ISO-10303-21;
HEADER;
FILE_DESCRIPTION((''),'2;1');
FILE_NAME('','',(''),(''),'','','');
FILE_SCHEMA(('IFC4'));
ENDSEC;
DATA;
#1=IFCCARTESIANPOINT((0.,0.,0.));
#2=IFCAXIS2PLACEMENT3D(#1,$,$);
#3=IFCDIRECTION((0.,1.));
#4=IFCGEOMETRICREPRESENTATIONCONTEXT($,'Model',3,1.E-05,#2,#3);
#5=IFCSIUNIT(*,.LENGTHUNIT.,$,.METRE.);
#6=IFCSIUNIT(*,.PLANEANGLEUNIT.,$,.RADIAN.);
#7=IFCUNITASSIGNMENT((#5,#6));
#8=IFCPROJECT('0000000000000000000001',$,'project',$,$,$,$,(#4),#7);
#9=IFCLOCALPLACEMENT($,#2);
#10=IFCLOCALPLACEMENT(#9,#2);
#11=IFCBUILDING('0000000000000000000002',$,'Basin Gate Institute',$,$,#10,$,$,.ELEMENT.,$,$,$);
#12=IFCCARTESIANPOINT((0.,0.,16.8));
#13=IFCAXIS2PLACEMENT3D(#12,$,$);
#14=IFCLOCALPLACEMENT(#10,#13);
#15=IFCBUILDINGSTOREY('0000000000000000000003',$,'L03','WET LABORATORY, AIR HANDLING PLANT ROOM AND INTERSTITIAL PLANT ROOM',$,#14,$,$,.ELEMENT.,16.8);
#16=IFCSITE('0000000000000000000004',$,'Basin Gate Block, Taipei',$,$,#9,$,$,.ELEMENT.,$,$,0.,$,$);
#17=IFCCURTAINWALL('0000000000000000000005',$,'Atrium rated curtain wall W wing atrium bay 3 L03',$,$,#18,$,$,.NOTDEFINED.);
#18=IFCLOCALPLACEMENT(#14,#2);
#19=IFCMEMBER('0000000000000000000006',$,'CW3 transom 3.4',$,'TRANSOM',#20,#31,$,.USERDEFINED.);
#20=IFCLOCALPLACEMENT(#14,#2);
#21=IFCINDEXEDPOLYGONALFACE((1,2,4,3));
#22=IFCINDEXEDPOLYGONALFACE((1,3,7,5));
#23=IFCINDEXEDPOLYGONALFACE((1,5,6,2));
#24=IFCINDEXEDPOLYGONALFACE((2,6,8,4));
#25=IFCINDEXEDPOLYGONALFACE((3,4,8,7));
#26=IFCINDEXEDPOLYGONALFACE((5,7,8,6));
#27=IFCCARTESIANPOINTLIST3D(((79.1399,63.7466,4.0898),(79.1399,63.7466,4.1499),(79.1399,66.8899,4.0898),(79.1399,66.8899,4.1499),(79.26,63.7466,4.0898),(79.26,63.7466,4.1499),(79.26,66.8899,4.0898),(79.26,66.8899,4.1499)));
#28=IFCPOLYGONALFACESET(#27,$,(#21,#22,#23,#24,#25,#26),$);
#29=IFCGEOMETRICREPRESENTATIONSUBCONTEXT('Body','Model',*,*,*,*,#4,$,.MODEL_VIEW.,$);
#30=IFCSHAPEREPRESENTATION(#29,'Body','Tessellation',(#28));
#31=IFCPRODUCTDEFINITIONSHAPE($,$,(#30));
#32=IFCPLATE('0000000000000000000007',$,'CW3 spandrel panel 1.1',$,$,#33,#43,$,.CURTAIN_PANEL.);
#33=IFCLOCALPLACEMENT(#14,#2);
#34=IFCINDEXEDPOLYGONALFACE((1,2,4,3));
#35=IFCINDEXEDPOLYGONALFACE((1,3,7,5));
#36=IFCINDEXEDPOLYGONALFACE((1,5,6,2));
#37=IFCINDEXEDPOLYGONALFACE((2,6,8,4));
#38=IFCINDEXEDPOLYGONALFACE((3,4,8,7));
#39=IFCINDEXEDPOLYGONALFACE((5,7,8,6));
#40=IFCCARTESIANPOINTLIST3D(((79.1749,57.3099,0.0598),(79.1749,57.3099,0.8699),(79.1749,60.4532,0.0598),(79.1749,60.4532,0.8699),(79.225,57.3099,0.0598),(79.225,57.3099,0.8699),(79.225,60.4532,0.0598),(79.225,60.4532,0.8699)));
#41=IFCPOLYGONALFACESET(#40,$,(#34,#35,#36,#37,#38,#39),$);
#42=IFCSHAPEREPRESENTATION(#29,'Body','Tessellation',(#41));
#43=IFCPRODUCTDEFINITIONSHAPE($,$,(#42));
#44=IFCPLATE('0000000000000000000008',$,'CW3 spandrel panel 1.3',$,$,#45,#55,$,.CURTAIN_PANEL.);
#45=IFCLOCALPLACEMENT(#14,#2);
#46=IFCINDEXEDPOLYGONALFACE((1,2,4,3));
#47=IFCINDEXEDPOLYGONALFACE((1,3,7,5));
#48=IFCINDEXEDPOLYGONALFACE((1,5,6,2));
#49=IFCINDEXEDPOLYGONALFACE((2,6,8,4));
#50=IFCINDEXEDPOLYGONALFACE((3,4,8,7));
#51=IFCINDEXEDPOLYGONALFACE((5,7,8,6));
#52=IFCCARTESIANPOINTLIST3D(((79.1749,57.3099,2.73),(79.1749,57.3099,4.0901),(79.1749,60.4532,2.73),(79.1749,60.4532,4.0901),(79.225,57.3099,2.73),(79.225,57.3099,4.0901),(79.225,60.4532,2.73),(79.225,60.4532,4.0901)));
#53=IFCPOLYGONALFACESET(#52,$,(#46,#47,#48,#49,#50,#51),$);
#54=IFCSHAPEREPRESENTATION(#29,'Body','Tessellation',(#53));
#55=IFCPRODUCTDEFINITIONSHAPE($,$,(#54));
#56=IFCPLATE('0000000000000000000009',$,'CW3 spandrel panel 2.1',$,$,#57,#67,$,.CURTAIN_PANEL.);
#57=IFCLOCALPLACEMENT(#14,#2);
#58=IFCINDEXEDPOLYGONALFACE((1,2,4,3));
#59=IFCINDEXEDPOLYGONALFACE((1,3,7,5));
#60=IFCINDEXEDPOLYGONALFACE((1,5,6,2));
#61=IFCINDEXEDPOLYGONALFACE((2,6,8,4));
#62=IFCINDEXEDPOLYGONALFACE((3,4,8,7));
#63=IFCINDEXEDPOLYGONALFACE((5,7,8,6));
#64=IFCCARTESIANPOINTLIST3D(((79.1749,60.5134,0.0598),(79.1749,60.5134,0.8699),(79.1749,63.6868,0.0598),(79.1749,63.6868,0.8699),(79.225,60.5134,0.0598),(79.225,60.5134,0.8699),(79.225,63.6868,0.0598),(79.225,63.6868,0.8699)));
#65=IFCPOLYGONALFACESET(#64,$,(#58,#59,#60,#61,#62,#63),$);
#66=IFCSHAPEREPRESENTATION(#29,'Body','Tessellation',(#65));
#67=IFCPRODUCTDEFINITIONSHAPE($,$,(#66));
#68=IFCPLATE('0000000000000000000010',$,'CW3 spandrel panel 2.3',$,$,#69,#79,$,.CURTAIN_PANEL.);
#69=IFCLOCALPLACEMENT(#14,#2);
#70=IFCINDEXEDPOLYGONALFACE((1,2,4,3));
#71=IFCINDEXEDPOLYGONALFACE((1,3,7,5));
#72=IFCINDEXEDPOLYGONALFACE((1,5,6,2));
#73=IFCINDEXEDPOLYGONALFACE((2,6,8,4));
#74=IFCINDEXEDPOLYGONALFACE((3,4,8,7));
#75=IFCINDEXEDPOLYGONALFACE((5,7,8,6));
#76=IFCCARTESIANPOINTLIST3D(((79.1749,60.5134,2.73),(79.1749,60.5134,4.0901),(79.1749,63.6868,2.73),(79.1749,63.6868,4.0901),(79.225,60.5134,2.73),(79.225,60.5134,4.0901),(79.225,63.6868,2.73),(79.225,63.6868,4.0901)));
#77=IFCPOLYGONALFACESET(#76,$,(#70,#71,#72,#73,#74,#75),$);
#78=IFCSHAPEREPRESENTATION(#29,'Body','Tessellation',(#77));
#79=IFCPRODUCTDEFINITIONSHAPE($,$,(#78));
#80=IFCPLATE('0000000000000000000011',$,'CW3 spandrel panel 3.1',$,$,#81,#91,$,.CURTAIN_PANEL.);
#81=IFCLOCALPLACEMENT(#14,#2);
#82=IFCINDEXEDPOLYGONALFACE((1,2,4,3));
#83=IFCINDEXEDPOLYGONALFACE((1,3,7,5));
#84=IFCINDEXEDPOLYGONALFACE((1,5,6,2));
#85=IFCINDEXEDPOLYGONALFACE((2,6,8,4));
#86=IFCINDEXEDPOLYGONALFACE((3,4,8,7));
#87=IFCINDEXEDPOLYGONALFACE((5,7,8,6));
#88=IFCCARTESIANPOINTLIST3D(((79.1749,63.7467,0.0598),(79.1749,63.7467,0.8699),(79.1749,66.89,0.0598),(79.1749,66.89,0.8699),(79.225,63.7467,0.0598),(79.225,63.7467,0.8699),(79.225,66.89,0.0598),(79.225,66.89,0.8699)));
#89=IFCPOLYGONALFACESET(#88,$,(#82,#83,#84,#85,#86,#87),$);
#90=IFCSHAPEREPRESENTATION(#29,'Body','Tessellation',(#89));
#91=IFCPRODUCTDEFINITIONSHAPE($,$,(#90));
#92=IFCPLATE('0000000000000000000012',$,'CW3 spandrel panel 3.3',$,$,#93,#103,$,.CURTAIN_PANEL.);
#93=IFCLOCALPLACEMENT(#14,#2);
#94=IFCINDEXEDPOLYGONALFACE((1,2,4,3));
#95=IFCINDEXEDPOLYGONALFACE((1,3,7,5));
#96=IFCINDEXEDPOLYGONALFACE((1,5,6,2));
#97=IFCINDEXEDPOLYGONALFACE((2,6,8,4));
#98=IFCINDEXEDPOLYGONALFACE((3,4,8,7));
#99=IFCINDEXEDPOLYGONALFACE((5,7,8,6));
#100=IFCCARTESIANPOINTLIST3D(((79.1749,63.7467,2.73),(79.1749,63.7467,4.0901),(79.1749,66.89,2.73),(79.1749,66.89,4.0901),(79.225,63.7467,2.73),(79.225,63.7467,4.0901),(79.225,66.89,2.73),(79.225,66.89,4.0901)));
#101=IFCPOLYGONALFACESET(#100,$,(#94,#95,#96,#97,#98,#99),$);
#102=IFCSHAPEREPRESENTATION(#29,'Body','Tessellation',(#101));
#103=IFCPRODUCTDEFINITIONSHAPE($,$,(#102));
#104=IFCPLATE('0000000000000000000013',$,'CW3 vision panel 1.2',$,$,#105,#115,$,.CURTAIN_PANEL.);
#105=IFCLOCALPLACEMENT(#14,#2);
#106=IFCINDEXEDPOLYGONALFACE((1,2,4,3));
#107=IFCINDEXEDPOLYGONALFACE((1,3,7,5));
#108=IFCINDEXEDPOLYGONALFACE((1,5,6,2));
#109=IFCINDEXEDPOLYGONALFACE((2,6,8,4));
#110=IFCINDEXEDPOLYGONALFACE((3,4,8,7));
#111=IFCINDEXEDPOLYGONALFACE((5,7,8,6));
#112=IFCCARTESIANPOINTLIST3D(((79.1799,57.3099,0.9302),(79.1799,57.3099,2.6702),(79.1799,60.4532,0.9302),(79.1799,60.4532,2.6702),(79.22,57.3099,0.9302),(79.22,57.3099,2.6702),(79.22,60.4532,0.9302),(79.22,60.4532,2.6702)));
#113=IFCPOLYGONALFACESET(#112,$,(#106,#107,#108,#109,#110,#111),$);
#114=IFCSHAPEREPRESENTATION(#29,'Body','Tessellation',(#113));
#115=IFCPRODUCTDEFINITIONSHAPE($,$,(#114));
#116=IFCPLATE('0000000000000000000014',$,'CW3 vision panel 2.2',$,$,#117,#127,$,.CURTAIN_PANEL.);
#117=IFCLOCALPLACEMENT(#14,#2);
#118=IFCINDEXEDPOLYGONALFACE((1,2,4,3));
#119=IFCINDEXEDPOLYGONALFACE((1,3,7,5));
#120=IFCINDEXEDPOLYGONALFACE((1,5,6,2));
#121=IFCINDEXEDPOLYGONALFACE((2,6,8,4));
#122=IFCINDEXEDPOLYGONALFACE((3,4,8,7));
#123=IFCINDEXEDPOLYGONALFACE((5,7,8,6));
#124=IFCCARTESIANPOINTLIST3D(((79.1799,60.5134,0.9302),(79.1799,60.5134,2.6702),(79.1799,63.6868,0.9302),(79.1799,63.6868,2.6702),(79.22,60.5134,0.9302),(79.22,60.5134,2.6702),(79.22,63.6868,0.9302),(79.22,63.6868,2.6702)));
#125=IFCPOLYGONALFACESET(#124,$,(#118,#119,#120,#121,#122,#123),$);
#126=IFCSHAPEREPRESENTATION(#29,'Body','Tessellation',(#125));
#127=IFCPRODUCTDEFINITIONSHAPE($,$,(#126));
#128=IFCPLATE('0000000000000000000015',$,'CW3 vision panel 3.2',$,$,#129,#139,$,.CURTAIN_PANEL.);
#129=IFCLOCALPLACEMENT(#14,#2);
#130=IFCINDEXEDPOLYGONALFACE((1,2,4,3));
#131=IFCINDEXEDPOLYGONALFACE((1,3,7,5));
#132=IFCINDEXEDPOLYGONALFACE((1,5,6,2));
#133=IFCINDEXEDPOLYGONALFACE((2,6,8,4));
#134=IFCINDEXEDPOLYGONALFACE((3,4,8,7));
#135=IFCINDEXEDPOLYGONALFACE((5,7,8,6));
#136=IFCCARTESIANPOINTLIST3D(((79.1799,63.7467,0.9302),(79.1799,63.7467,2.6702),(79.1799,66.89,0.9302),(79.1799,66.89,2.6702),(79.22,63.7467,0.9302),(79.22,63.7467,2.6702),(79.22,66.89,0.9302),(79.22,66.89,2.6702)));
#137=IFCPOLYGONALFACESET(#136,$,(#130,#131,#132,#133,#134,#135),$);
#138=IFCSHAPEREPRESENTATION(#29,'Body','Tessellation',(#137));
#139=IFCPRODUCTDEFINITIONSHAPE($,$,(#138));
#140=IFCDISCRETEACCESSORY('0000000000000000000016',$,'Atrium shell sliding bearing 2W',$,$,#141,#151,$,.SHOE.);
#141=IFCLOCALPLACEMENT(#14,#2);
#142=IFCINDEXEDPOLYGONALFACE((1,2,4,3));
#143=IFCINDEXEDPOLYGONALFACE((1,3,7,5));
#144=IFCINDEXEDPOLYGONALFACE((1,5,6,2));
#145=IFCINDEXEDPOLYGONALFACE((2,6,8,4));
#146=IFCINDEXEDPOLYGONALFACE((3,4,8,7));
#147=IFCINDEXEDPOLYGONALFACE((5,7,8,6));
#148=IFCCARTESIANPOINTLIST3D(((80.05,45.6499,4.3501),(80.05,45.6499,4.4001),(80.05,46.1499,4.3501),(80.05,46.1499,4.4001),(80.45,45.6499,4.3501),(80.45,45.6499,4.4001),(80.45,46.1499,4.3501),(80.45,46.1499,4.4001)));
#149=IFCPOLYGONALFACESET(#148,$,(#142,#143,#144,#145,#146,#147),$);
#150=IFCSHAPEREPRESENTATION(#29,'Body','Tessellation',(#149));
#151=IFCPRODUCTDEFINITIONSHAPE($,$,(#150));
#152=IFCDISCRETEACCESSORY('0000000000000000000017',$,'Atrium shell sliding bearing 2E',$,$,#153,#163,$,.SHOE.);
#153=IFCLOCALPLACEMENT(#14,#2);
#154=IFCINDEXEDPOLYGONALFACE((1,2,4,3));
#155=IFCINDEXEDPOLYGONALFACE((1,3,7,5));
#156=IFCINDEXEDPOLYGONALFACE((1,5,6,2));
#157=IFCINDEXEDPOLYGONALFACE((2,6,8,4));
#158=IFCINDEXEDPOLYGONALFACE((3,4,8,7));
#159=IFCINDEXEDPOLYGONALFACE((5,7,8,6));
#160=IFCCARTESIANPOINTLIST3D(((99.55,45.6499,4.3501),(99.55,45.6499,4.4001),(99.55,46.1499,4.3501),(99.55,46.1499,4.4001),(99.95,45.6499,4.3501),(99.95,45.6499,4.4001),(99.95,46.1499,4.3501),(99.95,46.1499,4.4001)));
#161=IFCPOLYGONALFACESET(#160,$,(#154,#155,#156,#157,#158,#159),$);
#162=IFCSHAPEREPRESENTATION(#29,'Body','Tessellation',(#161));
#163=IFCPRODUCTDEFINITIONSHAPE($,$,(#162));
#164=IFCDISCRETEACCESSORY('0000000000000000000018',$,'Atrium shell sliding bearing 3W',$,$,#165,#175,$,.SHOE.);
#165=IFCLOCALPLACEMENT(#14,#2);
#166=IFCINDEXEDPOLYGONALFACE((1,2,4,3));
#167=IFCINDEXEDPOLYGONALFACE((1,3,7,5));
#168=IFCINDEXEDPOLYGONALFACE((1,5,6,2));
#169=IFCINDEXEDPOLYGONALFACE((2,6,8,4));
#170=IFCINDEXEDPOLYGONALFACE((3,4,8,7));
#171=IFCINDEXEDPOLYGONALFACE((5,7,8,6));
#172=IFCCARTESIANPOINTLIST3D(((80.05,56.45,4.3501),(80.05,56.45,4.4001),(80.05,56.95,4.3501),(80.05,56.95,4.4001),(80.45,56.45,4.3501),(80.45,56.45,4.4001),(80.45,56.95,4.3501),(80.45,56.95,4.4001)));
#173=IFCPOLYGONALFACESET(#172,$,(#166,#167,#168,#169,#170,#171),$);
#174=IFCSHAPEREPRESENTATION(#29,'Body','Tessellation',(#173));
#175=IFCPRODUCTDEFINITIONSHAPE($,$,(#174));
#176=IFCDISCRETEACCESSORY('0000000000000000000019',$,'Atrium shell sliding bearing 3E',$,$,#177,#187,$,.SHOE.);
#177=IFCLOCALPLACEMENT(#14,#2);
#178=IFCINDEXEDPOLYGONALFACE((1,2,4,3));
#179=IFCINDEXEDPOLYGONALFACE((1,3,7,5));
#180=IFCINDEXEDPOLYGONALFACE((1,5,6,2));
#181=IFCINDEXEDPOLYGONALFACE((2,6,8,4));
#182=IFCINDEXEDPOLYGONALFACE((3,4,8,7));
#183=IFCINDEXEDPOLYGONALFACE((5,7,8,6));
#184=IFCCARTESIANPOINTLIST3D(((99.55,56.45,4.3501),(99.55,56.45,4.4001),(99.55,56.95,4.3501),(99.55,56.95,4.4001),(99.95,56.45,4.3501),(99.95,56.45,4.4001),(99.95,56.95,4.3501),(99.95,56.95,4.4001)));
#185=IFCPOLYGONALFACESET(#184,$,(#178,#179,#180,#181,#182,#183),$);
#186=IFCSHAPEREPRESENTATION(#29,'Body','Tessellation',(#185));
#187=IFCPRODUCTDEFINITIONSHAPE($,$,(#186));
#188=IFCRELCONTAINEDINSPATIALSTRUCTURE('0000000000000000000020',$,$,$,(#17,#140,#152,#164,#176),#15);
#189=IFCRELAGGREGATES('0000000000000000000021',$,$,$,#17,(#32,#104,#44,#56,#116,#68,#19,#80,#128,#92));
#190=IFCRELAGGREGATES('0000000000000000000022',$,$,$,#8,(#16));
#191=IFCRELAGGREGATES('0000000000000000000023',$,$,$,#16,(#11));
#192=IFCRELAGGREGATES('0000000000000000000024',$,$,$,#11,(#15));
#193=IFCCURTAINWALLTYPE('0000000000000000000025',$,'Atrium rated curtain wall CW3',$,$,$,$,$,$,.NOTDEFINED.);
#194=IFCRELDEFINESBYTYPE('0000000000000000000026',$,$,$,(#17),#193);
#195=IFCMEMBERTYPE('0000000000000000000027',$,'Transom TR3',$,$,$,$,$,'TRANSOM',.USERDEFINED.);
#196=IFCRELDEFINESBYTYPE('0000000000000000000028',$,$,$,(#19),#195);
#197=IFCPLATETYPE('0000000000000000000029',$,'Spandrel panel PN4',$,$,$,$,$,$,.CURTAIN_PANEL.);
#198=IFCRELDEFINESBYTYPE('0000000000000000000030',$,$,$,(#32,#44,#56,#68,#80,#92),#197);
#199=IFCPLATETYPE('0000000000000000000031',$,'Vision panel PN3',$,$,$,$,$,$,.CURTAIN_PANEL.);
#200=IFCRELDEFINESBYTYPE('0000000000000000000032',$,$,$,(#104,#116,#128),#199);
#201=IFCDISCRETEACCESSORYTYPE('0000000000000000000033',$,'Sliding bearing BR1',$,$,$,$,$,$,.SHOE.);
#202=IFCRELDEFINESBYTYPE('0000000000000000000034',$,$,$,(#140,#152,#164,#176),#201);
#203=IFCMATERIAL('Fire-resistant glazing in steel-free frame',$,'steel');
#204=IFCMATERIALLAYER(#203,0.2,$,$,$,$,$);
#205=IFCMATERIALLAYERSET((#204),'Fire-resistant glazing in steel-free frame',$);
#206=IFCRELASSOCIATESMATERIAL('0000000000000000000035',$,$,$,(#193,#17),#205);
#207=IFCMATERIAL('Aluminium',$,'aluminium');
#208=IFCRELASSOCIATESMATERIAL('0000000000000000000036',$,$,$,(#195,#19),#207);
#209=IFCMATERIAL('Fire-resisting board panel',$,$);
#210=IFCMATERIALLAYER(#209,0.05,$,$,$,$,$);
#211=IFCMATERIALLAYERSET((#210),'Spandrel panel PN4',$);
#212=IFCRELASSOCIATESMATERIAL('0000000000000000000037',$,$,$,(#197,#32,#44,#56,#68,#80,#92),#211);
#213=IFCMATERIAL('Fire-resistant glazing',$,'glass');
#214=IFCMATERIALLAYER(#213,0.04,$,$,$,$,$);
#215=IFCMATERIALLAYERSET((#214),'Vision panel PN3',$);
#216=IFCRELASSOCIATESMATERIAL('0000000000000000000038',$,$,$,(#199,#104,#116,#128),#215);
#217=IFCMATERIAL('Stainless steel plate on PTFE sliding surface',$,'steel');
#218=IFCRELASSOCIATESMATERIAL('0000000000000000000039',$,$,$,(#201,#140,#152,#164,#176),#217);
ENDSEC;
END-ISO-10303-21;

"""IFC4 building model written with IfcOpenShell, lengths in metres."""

from ifc_helpers import new_model, si_unit, direction, frame, origin, origin_2d, place, context, subcontext, project, spatial, rectangle, extrude, material, layer, layer_set, material_profile, profile_set, type_object, element, aggregate, save


model = new_model("IFC4")

# Units and contexts
model_context = context("Model", 3, precision=1e-05, world=origin(), true_north=direction((0.0, 1.0)))
body_context = subcontext(model_context, "Body", "Model", "MODEL_VIEW")
ifc_project = project(units=[si_unit("LENGTHUNIT", "METRE"), si_unit("PLANEANGLEUNIT", "RADIAN")], contexts=[model_context])

# Site, building, storey
site_placement = place(None, origin())
site = spatial("IfcSite", under=ifc_project, at=site_placement, Name="Basin Gate Block, Taipei", CompositionType="ELEMENT", RefElevation=0.0)
building_placement = place(site_placement, origin())
building = spatial("IfcBuilding", under=site, at=building_placement, Name="Basin Gate Institute", CompositionType="ELEMENT")
storey_placement = place(building_placement, frame((0.0, 0.0, 16.8)))
storey = spatial("IfcBuildingStorey", under=building, at=storey_placement, Name="L03", Description="WET LABORATORY, AIR HANDLING PLANT ROOM AND INTERSTITIAL PLANT ROOM", CompositionType="ELEMENT", Elevation=16.8)

# Curtain wall, member, plates
ifc_material_1 = material(Name="Fire-resistant glazing in steel-free frame", Category="steel")
ifc_layer_1 = layer(ifc_material_1, 0.2)
ifc_layer_set_1 = layer_set([ifc_layer_1], Name="Fire-resistant glazing in steel-free frame")
curtain_wall_type = type_object("IfcCurtainWallType", Name="Atrium rated curtain wall CW3", PredefinedType="NOTDEFINED", material=ifc_layer_set_1)
curtain_wall_placement = place(storey_placement, origin())
curtain_wall = element("IfcCurtainWall", 1, at=curtain_wall_placement, inside=storey, type_object=curtain_wall_type, material=ifc_layer_set_1, Name="Atrium rated curtain wall W wing atrium bay 3 L03", PredefinedType="NOTDEFINED")
ifc_material_2 = material(Name="Aluminium", Category="aluminium")
ifc_material_profile_1 = material_profile(ifc_material_2, rectangle(XDim=0.1201, YDim=0.0601, at=origin_2d()), Name="Transom TR3 120 x 60")
ifc_profile_set_1 = profile_set([ifc_material_profile_1], Name="Aluminium")
member_type_1 = type_object("IfcMemberType", Name="Transom TR3", ElementType="TRANSOM", PredefinedType="USERDEFINED", material=ifc_profile_set_1)
member_1_placement = place(storey_placement, frame((79.2, 63.7466, 4.1199), z_axis=(0.0, 1.0, 0.0), x_axis=(-1.0, 0.0, 0.0)))
member_1 = element("IfcMember", 2, at=member_1_placement, type_object=member_type_1, material=ifc_profile_set_1, Name="CW3 transom 3.4", ObjectType="TRANSOM", PredefinedType="USERDEFINED", context=body_context, shape_type="SweptSolid", body=[
    extrude(rectangle(XDim=0.1201, YDim=0.0601, at=origin_2d()), origin(), (0.0, 0.0, 1.0), 3.1433),
])
ifc_material_3 = material(Name="Fire-resisting board panel")
ifc_layer_2 = layer(ifc_material_3, 0.05)
ifc_layer_set_2 = layer_set([ifc_layer_2], Name="Spandrel panel PN4")
plate_type_1 = type_object("IfcPlateType", Name="Spandrel panel PN4", PredefinedType="CURTAIN_PANEL", material=ifc_layer_set_2)
plate_1_placement = place(storey_placement, frame((79.2, 58.8816, 0.0598), z_axis=(0.0, 0.0, 1.0), x_axis=(0.0, 1.0, 0.0)))
plate_1 = element("IfcPlate", 3, at=plate_1_placement, type_object=plate_type_1, material=ifc_layer_set_2, Name="CW3 spandrel panel 1.1", PredefinedType="CURTAIN_PANEL", context=body_context, shape_type="SweptSolid", body=[
    extrude(rectangle(XDim=3.1433, YDim=0.05, at=origin_2d()), origin(), (0.0, 0.0, 1.0), 0.8101),
])
plate_2_placement = place(storey_placement, frame((79.2, 58.8816, 2.73), z_axis=(0.0, 0.0, 1.0), x_axis=(0.0, 1.0, 0.0)))
plate_2 = element("IfcPlate", 4, at=plate_2_placement, type_object=plate_type_1, material=ifc_layer_set_2, Name="CW3 spandrel panel 1.3", PredefinedType="CURTAIN_PANEL", context=body_context, shape_type="SweptSolid", body=[
    extrude(rectangle(XDim=3.1433, YDim=0.05, at=origin_2d()), origin(), (0.0, 0.0, 1.0), 1.3601),
])
plate_3_placement = place(storey_placement, frame((79.2, 62.1001, 0.0598), z_axis=(0.0, 0.0, 1.0), x_axis=(0.0, 1.0, 0.0)))
plate_3 = element("IfcPlate", 5, at=plate_3_placement, type_object=plate_type_1, material=ifc_layer_set_2, Name="CW3 spandrel panel 2.1", PredefinedType="CURTAIN_PANEL", context=body_context, shape_type="SweptSolid", body=[
    extrude(rectangle(XDim=3.1733, YDim=0.05, at=origin_2d()), origin(), (0.0, 0.0, 1.0), 0.8101),
])
plate_4_placement = place(storey_placement, frame((79.2, 62.1001, 2.73), z_axis=(0.0, 0.0, 1.0), x_axis=(0.0, 1.0, 0.0)))
plate_4 = element("IfcPlate", 6, at=plate_4_placement, type_object=plate_type_1, material=ifc_layer_set_2, Name="CW3 spandrel panel 2.3", PredefinedType="CURTAIN_PANEL", context=body_context, shape_type="SweptSolid", body=[
    extrude(rectangle(XDim=3.1733, YDim=0.05, at=origin_2d()), origin(), (0.0, 0.0, 1.0), 1.3601),
])
plate_5_placement = place(storey_placement, frame((79.2, 65.3184, 0.0598), z_axis=(0.0, 0.0, 1.0), x_axis=(0.0, 1.0, 0.0)))
plate_5 = element("IfcPlate", 7, at=plate_5_placement, type_object=plate_type_1, material=ifc_layer_set_2, Name="CW3 spandrel panel 3.1", PredefinedType="CURTAIN_PANEL", context=body_context, shape_type="SweptSolid", body=[
    extrude(rectangle(XDim=3.1433, YDim=0.05, at=origin_2d()), origin(), (0.0, 0.0, 1.0), 0.8101),
])
plate_6_placement = place(storey_placement, frame((79.2, 65.3184, 2.73), z_axis=(0.0, 0.0, 1.0), x_axis=(0.0, 1.0, 0.0)))
plate_6 = element("IfcPlate", 8, at=plate_6_placement, type_object=plate_type_1, material=ifc_layer_set_2, Name="CW3 spandrel panel 3.3", PredefinedType="CURTAIN_PANEL", context=body_context, shape_type="SweptSolid", body=[
    extrude(rectangle(XDim=3.1433, YDim=0.05, at=origin_2d()), origin(), (0.0, 0.0, 1.0), 1.3601),
])
ifc_material_4 = material(Name="Fire-resistant glazing", Category="glass")
ifc_layer_3 = layer(ifc_material_4, 0.04)
ifc_layer_set_3 = layer_set([ifc_layer_3], Name="Vision panel PN3")
plate_type_2 = type_object("IfcPlateType", Name="Vision panel PN3", PredefinedType="CURTAIN_PANEL", material=ifc_layer_set_3)
plate_7_placement = place(storey_placement, frame((79.2, 58.8816, 0.9302), z_axis=(0.0, 0.0, 1.0), x_axis=(0.0, 1.0, 0.0)))
plate_7 = element("IfcPlate", 9, at=plate_7_placement, type_object=plate_type_2, material=ifc_layer_set_3, Name="CW3 vision panel 1.2", PredefinedType="CURTAIN_PANEL", context=body_context, shape_type="SweptSolid", body=[
    extrude(rectangle(XDim=3.1433, YDim=0.04, at=origin_2d()), origin(), (0.0, 0.0, 1.0), 1.74),
])
plate_8_placement = place(storey_placement, frame((79.2, 62.1001, 0.9302), z_axis=(0.0, 0.0, 1.0), x_axis=(0.0, 1.0, 0.0)))
plate_8 = element("IfcPlate", 10, at=plate_8_placement, type_object=plate_type_2, material=ifc_layer_set_3, Name="CW3 vision panel 2.2", PredefinedType="CURTAIN_PANEL", context=body_context, shape_type="SweptSolid", body=[
    extrude(rectangle(XDim=3.1733, YDim=0.04, at=origin_2d()), origin(), (0.0, 0.0, 1.0), 1.74),
])
plate_9_placement = place(storey_placement, frame((79.2, 65.3184, 0.9302), z_axis=(0.0, 0.0, 1.0), x_axis=(0.0, 1.0, 0.0)))
plate_9 = element("IfcPlate", 11, at=plate_9_placement, type_object=plate_type_2, material=ifc_layer_set_3, Name="CW3 vision panel 3.2", PredefinedType="CURTAIN_PANEL", context=body_context, shape_type="SweptSolid", body=[
    extrude(rectangle(XDim=3.1433, YDim=0.04, at=origin_2d()), origin(), (0.0, 0.0, 1.0), 1.74),
])
aggregate(curtain_wall, [plate_1, plate_7, plate_2, plate_3, plate_8, plate_4, member_1, plate_5, plate_9, plate_6])

# Discrete accessories
ifc_material_5 = material(Name="Stainless steel plate on PTFE sliding surface", Category="steel")
discrete_accessory_type = type_object("IfcDiscreteAccessoryType", Name="Sliding bearing BR1", PredefinedType="SHOE", material=ifc_material_5)
for number, where, z_axis, x_axis, name in (
    (12, (80.25, 45.8999, 4.3501), (0.0, 0.0, 1.0), (1.0, 0.0, 0.0), "Atrium shell sliding bearing 2W"),
    (13, (99.75, 45.8999, 4.3501), (0.0, 0.0, 1.0), (1.0, 0.0, 0.0), "Atrium shell sliding bearing 2E"),
    (14, (80.25, 56.7, 4.3501), (0.0, 0.0, 1.0), (1.0, 0.0, 0.0), "Atrium shell sliding bearing 3W"),
    (15, (99.75, 56.7, 4.3501), (0.0, 0.0, 1.0), (1.0, 0.0, 0.0), "Atrium shell sliding bearing 3E"),
):
    element("IfcDiscreteAccessory", number, at=place(storey_placement, frame(where, z_axis=z_axis, x_axis=x_axis)), inside=storey, type_object=discrete_accessory_type, material=ifc_material_5, Name=name, PredefinedType="SHOE", context=body_context, shape_type="SweptSolid", body=[
        extrude(rectangle(XDim=0.3999, YDim=0.5, at=origin_2d()), origin(), (0.0, 0.0, 1.0), 0.05),
    ])

save(model, "model.ifc")
